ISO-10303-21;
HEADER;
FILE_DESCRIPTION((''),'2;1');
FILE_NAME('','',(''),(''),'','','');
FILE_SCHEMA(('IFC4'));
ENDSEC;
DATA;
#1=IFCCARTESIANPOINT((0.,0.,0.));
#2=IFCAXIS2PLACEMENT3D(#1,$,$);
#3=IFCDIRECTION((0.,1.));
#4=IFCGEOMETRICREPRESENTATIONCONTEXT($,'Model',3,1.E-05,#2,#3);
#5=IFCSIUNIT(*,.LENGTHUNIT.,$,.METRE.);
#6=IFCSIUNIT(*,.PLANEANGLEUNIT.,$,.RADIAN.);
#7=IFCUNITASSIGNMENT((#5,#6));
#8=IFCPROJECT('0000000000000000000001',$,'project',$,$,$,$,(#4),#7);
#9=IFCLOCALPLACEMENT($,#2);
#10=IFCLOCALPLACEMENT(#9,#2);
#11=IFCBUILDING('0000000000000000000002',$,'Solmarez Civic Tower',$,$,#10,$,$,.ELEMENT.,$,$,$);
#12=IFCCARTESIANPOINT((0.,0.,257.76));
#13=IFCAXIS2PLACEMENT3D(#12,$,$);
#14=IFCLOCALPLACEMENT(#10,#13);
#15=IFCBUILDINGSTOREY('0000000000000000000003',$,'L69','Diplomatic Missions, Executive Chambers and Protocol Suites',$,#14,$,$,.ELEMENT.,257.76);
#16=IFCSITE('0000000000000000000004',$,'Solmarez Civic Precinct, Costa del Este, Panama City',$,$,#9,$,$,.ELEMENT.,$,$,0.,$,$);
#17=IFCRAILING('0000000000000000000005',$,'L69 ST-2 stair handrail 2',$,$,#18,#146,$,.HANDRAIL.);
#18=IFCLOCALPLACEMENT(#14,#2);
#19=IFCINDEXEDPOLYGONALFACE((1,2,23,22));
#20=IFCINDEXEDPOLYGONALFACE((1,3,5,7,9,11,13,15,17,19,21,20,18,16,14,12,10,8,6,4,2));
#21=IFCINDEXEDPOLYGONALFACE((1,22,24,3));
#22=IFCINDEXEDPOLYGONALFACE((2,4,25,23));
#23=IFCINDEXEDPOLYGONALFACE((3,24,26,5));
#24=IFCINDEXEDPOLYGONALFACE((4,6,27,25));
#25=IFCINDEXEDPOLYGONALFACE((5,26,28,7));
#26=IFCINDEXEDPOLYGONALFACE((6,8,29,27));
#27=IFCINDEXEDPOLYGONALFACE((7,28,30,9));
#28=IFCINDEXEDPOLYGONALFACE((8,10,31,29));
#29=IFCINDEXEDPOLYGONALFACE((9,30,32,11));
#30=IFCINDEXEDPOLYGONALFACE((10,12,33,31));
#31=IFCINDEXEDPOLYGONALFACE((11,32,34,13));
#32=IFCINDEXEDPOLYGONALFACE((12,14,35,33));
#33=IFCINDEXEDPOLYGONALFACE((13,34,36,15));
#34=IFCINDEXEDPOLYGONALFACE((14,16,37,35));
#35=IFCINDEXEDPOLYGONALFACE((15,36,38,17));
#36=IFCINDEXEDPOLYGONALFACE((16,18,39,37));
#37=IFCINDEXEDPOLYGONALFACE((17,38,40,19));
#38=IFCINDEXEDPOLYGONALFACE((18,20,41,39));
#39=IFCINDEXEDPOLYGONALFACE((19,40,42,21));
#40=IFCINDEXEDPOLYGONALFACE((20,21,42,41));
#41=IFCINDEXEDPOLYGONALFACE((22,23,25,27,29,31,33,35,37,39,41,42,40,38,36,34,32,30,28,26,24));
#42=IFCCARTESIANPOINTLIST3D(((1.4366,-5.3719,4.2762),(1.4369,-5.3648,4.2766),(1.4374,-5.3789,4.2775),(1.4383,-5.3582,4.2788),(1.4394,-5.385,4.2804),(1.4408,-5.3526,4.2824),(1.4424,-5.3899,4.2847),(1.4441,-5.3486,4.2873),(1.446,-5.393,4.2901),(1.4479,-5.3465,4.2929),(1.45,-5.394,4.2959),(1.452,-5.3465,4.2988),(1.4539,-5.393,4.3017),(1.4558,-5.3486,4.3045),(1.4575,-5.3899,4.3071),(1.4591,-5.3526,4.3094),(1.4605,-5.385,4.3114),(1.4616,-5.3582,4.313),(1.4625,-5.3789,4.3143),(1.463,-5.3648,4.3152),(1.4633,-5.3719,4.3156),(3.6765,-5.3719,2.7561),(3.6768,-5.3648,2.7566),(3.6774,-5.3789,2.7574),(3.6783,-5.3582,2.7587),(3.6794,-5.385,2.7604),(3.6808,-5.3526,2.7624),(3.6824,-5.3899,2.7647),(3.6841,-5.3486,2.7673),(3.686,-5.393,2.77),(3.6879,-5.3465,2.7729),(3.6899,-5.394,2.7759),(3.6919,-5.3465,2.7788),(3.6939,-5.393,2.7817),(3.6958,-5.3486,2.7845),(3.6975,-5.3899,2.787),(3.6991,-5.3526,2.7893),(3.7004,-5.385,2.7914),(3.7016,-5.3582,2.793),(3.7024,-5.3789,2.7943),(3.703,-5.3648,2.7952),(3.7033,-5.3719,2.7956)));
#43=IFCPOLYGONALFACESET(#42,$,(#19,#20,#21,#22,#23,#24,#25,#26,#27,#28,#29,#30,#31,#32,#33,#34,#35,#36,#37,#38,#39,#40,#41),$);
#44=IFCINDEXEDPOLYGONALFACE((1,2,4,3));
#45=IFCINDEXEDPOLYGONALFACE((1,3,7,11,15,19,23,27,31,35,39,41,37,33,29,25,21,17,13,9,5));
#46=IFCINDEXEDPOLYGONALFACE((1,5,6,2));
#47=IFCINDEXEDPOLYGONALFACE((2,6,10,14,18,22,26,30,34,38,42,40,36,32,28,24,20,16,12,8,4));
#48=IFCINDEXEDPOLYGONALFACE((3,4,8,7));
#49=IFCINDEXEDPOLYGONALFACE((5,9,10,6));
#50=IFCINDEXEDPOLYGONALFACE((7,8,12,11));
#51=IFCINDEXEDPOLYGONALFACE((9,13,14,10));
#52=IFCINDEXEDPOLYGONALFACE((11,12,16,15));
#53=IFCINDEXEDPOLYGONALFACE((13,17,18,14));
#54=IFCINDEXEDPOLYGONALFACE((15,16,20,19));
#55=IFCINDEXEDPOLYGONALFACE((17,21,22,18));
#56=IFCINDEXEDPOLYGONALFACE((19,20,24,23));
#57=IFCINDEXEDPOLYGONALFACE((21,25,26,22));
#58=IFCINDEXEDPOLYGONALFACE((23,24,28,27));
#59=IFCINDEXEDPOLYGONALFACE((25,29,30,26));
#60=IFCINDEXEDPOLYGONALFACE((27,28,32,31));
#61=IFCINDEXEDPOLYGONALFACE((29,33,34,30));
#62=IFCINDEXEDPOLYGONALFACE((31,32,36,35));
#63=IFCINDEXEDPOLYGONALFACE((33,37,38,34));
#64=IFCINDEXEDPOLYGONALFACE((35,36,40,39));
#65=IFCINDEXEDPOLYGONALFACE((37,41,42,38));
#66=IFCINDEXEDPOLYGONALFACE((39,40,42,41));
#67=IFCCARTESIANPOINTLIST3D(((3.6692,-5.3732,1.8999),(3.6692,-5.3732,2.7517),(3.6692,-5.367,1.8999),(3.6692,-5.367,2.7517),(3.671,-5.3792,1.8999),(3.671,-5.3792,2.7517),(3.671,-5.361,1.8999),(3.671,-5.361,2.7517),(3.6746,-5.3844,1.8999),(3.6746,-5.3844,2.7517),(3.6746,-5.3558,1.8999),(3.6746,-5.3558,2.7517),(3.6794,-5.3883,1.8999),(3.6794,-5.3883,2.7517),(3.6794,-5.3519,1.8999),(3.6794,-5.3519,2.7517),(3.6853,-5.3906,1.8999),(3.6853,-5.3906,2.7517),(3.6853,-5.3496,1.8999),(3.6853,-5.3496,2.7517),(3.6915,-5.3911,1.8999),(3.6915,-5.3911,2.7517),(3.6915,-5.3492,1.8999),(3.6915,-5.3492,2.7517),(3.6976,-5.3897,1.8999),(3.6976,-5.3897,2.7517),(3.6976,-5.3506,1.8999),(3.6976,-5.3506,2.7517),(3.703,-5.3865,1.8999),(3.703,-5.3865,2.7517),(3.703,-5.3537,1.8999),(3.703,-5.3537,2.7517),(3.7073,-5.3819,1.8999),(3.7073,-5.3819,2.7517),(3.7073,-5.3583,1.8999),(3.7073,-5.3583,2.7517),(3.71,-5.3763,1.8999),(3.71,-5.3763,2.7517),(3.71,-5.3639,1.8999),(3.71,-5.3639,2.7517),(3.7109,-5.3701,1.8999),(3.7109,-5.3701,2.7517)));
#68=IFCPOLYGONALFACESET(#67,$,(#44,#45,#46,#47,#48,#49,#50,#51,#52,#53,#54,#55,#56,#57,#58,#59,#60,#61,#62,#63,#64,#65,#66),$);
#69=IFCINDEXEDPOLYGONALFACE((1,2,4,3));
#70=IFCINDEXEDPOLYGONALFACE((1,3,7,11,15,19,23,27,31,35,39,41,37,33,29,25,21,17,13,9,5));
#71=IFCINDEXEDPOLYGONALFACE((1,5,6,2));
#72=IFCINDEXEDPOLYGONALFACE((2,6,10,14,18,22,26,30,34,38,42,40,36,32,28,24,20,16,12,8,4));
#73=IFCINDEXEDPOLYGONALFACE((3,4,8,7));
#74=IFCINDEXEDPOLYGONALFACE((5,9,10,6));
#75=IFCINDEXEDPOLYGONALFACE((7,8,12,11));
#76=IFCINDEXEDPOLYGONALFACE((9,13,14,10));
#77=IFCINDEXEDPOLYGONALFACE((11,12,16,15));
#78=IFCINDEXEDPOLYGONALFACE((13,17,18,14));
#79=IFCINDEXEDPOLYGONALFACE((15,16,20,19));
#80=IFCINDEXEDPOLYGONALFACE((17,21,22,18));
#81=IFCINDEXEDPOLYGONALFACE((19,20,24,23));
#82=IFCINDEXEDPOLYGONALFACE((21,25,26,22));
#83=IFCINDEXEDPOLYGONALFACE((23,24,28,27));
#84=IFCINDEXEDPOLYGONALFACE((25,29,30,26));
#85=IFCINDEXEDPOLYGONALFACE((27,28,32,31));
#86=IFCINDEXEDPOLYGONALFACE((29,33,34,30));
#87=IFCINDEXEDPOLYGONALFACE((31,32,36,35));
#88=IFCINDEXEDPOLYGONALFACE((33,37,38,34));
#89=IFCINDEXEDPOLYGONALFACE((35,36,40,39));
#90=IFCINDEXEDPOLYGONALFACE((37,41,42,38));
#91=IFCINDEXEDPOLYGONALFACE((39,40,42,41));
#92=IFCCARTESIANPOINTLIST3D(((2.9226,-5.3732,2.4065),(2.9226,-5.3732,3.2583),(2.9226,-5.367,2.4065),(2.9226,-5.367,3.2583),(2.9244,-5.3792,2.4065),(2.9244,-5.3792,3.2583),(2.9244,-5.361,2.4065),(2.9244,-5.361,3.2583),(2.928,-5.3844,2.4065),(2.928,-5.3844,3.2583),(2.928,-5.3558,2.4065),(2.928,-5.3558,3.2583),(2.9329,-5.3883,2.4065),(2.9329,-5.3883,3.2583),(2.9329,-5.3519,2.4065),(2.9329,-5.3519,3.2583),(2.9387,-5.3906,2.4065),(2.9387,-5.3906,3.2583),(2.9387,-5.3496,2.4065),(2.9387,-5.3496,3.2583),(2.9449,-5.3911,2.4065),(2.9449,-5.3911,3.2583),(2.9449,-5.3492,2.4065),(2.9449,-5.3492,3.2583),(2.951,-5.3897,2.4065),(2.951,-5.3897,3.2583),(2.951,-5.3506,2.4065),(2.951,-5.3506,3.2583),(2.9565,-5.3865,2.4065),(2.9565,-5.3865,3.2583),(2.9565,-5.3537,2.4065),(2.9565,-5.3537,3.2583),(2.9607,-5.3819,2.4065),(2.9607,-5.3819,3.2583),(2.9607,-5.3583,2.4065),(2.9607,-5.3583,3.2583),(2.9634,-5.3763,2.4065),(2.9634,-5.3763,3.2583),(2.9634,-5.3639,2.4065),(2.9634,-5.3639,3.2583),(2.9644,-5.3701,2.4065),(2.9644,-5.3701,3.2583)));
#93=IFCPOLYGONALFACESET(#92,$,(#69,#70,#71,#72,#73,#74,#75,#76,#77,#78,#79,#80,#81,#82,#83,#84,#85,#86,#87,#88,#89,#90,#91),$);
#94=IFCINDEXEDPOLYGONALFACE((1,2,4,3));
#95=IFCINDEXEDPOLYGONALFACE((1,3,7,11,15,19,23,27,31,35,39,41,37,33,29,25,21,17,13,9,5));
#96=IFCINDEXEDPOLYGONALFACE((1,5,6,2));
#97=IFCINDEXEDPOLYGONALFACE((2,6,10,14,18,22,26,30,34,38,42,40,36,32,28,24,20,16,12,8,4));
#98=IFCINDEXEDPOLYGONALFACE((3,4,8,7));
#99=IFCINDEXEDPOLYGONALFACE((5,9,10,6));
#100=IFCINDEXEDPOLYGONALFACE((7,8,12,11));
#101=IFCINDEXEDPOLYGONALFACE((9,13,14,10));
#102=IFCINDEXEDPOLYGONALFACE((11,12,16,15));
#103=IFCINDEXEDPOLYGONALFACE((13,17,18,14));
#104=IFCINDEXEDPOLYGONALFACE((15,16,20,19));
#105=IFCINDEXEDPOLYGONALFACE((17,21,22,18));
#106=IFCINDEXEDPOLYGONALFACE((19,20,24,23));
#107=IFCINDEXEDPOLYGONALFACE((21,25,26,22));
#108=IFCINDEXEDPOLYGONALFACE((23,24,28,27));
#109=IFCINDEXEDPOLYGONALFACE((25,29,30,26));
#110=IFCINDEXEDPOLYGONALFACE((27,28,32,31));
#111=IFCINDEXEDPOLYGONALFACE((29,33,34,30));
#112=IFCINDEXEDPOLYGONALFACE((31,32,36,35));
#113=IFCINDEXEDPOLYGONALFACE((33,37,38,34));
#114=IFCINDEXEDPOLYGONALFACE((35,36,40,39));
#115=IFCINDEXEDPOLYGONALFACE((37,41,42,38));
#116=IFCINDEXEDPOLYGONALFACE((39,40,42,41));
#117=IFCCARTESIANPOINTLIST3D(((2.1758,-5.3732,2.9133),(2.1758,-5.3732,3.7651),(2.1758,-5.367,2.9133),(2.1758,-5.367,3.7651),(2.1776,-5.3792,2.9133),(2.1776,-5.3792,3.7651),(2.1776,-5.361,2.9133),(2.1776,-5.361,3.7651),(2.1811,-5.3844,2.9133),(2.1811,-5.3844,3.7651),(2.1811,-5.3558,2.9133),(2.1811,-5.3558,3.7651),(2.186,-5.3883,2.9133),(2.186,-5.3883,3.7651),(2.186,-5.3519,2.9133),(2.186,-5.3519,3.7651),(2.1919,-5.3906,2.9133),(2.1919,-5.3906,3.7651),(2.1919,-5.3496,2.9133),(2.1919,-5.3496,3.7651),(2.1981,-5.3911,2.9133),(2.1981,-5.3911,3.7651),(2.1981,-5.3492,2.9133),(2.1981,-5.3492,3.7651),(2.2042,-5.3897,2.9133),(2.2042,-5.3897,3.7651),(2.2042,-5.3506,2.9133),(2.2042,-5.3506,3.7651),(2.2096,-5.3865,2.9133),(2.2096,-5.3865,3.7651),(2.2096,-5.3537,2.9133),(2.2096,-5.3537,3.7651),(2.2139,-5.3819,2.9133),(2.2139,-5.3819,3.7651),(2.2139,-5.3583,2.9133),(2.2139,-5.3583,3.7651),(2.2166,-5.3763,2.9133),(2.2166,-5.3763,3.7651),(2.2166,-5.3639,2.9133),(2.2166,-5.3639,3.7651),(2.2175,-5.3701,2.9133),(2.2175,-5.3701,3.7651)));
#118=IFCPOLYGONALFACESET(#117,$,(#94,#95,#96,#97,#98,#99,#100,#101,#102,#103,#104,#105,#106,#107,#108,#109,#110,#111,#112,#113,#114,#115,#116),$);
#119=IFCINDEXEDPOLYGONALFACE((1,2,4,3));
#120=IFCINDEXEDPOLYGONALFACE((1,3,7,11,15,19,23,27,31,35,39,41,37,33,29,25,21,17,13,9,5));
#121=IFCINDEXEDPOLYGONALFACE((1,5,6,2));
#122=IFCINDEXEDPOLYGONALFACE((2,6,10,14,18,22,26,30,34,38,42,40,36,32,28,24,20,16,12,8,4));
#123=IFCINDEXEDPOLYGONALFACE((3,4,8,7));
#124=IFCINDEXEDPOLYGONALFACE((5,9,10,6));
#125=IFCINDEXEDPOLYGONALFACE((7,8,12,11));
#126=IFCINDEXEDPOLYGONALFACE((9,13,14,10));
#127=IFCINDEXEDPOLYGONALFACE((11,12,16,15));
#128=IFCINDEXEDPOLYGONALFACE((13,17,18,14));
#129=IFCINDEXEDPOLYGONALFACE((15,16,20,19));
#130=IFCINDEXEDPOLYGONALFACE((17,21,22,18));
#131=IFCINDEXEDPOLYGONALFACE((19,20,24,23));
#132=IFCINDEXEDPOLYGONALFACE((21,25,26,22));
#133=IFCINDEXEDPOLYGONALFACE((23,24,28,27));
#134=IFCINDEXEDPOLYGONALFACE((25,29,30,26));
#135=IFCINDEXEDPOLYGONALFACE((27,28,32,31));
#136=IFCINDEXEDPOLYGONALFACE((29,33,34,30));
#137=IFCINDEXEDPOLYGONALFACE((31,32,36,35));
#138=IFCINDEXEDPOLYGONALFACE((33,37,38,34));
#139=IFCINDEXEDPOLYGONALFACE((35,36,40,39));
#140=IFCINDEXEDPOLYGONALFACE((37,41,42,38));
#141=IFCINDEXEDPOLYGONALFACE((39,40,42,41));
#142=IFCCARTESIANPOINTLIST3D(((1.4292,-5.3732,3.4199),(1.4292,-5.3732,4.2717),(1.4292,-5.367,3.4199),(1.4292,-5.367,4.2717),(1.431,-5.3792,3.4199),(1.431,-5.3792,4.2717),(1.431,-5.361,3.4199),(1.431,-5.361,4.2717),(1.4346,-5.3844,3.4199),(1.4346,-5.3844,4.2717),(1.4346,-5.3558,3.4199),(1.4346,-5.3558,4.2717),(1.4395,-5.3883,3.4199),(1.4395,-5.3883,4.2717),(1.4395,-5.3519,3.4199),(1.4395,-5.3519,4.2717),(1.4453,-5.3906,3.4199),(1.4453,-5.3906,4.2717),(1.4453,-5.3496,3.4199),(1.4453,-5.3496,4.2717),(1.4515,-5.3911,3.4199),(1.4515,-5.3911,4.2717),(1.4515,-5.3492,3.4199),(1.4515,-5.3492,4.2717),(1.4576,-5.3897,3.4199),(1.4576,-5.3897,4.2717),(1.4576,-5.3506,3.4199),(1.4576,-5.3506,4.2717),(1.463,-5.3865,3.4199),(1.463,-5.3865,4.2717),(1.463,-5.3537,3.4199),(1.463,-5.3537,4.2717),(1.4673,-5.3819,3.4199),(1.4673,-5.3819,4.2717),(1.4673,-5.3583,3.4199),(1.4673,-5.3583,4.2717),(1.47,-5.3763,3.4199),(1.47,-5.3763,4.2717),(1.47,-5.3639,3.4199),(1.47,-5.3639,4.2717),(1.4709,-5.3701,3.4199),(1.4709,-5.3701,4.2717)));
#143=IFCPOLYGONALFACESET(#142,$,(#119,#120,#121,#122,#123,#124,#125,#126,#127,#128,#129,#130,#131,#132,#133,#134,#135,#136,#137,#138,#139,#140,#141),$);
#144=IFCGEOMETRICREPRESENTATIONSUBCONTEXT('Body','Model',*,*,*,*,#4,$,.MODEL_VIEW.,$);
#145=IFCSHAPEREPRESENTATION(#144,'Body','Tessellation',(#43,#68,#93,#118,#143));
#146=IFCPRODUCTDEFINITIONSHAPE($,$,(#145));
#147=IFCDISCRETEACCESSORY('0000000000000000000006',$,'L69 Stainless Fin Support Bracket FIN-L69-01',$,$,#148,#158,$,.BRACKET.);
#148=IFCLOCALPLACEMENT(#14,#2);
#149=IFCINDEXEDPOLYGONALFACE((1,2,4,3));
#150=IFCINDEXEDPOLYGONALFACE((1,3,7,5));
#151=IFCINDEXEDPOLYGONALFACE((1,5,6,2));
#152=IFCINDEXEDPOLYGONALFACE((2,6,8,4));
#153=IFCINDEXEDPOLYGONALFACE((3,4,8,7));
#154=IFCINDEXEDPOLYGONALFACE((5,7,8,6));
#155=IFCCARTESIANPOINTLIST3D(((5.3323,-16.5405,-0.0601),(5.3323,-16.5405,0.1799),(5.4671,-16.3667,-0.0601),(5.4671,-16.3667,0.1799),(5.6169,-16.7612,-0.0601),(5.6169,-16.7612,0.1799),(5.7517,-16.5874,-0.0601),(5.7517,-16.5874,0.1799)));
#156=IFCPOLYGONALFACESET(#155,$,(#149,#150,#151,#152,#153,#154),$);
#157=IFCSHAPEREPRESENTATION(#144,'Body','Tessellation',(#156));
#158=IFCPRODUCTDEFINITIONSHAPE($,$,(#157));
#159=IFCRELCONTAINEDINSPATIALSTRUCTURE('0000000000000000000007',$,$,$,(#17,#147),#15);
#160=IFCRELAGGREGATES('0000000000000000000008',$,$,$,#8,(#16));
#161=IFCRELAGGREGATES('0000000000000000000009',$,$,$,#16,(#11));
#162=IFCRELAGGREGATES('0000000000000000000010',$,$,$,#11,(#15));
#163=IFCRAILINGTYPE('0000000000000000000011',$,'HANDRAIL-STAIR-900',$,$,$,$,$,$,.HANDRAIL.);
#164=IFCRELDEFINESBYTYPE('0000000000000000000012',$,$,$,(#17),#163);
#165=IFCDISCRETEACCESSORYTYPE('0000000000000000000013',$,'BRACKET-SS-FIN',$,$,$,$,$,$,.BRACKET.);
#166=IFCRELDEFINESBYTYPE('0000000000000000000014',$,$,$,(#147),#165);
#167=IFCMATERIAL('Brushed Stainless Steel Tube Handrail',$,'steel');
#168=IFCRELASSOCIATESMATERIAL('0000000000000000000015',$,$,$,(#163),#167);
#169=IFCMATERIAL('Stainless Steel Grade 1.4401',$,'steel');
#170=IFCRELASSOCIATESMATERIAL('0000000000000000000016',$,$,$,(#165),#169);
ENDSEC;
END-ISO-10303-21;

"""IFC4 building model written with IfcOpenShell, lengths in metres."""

from ifc_helpers import new_model, si_unit, direction, frame, origin, origin_2d, place, context, subcontext, project, spatial, rectangle, circle, extrude, material, type_object, element, save


model = new_model("IFC4")

# Units and contexts
model_context = context("Model", 3, precision=1e-05, world=origin(), true_north=direction((0.0, 1.0)))
body_context = subcontext(model_context, "Body", "Model", "MODEL_VIEW")
ifc_project = project(units=[si_unit("LENGTHUNIT", "METRE"), si_unit("PLANEANGLEUNIT", "RADIAN")], contexts=[model_context])

# Site, building, storey
site_placement = place(None, origin())
site = spatial("IfcSite", under=ifc_project, at=site_placement, Name="Solmarez Civic Precinct, Costa del Este, Panama City", CompositionType="ELEMENT", RefElevation=0.0)
building_placement = place(site_placement, origin())
building = spatial("IfcBuilding", under=site, at=building_placement, Name="Solmarez Civic Tower", CompositionType="ELEMENT")
storey_placement = place(building_placement, frame((0.0, 0.0, 257.76)))
storey = spatial("IfcBuildingStorey", under=building, at=storey_placement, Name="L69", Description="Diplomatic Missions, Executive Chambers and Protocol Suites", CompositionType="ELEMENT", Elevation=257.76)

# Railing
ifc_material_1 = material(Name="Brushed Stainless Steel Tube Handrail", Category="steel")
railing_type_1 = type_object("IfcRailingType", Name="HANDRAIL-STAIR-900", PredefinedType="HANDRAIL", material=ifc_material_1)
railing_1_placement = place(storey_placement, frame((3.6899, -5.3701, 1.8999)))
element("IfcRailing", 1, at=railing_1_placement, inside=storey, type_object=railing_type_1, Name="L69 ST-2 stair handrail 2", PredefinedType="HANDRAIL", context=body_context, shape_type="SweptSolid", body=[
    extrude(circle(Radius=0.0239, at=origin_2d()), frame((0.0, 0.0, 0.876), z_axis=(-0.827471, 0.0, 0.561508), x_axis=(0.0, -1.0, 0.0)), (0.0, 0.0, 1.0), 2.707),
    extrude(circle(Radius=0.021, at=origin_2d()), origin(), (0.0, 0.0, 1.0), 0.8518),
    extrude(circle(Radius=0.021, at=origin_2d()), frame((-0.7466, 0.0, 0.5066)), (0.0, 0.0, 1.0), 0.8518),
    extrude(circle(Radius=0.021, at=origin_2d()), frame((-1.4934, 0.0, 1.0134)), (0.0, 0.0, 1.0), 0.8518),
    extrude(circle(Radius=0.021, at=origin_2d()), frame((-2.24, 0.0, 1.52)), (0.0, 0.0, 1.0), 0.8518),
])

# Discrete accessory
ifc_material_2 = material(Name="Stainless Steel Grade 1.4401", Category="steel")
discrete_accessory_type = type_object("IfcDiscreteAccessoryType", Name="BRACKET-SS-FIN", PredefinedType="BRACKET", material=ifc_material_2)
discrete_accessory_placement = place(storey_placement, frame((5.542, -16.564, -0.0601), z_axis=(0.0, 0.0, 1.0), x_axis=(0.790163, -0.612897, 0.0)))
element("IfcDiscreteAccessory", 2, at=discrete_accessory_placement, inside=storey, type_object=discrete_accessory_type, Name="L69 Stainless Fin Support Bracket FIN-L69-01", PredefinedType="BRACKET", context=body_context, shape_type="SweptSolid", body=[
    extrude(rectangle(XDim=0.3601, YDim=0.22, at=origin_2d()), origin(), (0.0, 0.0, 1.0), 0.24),
])

save(model, "model.ifc")
